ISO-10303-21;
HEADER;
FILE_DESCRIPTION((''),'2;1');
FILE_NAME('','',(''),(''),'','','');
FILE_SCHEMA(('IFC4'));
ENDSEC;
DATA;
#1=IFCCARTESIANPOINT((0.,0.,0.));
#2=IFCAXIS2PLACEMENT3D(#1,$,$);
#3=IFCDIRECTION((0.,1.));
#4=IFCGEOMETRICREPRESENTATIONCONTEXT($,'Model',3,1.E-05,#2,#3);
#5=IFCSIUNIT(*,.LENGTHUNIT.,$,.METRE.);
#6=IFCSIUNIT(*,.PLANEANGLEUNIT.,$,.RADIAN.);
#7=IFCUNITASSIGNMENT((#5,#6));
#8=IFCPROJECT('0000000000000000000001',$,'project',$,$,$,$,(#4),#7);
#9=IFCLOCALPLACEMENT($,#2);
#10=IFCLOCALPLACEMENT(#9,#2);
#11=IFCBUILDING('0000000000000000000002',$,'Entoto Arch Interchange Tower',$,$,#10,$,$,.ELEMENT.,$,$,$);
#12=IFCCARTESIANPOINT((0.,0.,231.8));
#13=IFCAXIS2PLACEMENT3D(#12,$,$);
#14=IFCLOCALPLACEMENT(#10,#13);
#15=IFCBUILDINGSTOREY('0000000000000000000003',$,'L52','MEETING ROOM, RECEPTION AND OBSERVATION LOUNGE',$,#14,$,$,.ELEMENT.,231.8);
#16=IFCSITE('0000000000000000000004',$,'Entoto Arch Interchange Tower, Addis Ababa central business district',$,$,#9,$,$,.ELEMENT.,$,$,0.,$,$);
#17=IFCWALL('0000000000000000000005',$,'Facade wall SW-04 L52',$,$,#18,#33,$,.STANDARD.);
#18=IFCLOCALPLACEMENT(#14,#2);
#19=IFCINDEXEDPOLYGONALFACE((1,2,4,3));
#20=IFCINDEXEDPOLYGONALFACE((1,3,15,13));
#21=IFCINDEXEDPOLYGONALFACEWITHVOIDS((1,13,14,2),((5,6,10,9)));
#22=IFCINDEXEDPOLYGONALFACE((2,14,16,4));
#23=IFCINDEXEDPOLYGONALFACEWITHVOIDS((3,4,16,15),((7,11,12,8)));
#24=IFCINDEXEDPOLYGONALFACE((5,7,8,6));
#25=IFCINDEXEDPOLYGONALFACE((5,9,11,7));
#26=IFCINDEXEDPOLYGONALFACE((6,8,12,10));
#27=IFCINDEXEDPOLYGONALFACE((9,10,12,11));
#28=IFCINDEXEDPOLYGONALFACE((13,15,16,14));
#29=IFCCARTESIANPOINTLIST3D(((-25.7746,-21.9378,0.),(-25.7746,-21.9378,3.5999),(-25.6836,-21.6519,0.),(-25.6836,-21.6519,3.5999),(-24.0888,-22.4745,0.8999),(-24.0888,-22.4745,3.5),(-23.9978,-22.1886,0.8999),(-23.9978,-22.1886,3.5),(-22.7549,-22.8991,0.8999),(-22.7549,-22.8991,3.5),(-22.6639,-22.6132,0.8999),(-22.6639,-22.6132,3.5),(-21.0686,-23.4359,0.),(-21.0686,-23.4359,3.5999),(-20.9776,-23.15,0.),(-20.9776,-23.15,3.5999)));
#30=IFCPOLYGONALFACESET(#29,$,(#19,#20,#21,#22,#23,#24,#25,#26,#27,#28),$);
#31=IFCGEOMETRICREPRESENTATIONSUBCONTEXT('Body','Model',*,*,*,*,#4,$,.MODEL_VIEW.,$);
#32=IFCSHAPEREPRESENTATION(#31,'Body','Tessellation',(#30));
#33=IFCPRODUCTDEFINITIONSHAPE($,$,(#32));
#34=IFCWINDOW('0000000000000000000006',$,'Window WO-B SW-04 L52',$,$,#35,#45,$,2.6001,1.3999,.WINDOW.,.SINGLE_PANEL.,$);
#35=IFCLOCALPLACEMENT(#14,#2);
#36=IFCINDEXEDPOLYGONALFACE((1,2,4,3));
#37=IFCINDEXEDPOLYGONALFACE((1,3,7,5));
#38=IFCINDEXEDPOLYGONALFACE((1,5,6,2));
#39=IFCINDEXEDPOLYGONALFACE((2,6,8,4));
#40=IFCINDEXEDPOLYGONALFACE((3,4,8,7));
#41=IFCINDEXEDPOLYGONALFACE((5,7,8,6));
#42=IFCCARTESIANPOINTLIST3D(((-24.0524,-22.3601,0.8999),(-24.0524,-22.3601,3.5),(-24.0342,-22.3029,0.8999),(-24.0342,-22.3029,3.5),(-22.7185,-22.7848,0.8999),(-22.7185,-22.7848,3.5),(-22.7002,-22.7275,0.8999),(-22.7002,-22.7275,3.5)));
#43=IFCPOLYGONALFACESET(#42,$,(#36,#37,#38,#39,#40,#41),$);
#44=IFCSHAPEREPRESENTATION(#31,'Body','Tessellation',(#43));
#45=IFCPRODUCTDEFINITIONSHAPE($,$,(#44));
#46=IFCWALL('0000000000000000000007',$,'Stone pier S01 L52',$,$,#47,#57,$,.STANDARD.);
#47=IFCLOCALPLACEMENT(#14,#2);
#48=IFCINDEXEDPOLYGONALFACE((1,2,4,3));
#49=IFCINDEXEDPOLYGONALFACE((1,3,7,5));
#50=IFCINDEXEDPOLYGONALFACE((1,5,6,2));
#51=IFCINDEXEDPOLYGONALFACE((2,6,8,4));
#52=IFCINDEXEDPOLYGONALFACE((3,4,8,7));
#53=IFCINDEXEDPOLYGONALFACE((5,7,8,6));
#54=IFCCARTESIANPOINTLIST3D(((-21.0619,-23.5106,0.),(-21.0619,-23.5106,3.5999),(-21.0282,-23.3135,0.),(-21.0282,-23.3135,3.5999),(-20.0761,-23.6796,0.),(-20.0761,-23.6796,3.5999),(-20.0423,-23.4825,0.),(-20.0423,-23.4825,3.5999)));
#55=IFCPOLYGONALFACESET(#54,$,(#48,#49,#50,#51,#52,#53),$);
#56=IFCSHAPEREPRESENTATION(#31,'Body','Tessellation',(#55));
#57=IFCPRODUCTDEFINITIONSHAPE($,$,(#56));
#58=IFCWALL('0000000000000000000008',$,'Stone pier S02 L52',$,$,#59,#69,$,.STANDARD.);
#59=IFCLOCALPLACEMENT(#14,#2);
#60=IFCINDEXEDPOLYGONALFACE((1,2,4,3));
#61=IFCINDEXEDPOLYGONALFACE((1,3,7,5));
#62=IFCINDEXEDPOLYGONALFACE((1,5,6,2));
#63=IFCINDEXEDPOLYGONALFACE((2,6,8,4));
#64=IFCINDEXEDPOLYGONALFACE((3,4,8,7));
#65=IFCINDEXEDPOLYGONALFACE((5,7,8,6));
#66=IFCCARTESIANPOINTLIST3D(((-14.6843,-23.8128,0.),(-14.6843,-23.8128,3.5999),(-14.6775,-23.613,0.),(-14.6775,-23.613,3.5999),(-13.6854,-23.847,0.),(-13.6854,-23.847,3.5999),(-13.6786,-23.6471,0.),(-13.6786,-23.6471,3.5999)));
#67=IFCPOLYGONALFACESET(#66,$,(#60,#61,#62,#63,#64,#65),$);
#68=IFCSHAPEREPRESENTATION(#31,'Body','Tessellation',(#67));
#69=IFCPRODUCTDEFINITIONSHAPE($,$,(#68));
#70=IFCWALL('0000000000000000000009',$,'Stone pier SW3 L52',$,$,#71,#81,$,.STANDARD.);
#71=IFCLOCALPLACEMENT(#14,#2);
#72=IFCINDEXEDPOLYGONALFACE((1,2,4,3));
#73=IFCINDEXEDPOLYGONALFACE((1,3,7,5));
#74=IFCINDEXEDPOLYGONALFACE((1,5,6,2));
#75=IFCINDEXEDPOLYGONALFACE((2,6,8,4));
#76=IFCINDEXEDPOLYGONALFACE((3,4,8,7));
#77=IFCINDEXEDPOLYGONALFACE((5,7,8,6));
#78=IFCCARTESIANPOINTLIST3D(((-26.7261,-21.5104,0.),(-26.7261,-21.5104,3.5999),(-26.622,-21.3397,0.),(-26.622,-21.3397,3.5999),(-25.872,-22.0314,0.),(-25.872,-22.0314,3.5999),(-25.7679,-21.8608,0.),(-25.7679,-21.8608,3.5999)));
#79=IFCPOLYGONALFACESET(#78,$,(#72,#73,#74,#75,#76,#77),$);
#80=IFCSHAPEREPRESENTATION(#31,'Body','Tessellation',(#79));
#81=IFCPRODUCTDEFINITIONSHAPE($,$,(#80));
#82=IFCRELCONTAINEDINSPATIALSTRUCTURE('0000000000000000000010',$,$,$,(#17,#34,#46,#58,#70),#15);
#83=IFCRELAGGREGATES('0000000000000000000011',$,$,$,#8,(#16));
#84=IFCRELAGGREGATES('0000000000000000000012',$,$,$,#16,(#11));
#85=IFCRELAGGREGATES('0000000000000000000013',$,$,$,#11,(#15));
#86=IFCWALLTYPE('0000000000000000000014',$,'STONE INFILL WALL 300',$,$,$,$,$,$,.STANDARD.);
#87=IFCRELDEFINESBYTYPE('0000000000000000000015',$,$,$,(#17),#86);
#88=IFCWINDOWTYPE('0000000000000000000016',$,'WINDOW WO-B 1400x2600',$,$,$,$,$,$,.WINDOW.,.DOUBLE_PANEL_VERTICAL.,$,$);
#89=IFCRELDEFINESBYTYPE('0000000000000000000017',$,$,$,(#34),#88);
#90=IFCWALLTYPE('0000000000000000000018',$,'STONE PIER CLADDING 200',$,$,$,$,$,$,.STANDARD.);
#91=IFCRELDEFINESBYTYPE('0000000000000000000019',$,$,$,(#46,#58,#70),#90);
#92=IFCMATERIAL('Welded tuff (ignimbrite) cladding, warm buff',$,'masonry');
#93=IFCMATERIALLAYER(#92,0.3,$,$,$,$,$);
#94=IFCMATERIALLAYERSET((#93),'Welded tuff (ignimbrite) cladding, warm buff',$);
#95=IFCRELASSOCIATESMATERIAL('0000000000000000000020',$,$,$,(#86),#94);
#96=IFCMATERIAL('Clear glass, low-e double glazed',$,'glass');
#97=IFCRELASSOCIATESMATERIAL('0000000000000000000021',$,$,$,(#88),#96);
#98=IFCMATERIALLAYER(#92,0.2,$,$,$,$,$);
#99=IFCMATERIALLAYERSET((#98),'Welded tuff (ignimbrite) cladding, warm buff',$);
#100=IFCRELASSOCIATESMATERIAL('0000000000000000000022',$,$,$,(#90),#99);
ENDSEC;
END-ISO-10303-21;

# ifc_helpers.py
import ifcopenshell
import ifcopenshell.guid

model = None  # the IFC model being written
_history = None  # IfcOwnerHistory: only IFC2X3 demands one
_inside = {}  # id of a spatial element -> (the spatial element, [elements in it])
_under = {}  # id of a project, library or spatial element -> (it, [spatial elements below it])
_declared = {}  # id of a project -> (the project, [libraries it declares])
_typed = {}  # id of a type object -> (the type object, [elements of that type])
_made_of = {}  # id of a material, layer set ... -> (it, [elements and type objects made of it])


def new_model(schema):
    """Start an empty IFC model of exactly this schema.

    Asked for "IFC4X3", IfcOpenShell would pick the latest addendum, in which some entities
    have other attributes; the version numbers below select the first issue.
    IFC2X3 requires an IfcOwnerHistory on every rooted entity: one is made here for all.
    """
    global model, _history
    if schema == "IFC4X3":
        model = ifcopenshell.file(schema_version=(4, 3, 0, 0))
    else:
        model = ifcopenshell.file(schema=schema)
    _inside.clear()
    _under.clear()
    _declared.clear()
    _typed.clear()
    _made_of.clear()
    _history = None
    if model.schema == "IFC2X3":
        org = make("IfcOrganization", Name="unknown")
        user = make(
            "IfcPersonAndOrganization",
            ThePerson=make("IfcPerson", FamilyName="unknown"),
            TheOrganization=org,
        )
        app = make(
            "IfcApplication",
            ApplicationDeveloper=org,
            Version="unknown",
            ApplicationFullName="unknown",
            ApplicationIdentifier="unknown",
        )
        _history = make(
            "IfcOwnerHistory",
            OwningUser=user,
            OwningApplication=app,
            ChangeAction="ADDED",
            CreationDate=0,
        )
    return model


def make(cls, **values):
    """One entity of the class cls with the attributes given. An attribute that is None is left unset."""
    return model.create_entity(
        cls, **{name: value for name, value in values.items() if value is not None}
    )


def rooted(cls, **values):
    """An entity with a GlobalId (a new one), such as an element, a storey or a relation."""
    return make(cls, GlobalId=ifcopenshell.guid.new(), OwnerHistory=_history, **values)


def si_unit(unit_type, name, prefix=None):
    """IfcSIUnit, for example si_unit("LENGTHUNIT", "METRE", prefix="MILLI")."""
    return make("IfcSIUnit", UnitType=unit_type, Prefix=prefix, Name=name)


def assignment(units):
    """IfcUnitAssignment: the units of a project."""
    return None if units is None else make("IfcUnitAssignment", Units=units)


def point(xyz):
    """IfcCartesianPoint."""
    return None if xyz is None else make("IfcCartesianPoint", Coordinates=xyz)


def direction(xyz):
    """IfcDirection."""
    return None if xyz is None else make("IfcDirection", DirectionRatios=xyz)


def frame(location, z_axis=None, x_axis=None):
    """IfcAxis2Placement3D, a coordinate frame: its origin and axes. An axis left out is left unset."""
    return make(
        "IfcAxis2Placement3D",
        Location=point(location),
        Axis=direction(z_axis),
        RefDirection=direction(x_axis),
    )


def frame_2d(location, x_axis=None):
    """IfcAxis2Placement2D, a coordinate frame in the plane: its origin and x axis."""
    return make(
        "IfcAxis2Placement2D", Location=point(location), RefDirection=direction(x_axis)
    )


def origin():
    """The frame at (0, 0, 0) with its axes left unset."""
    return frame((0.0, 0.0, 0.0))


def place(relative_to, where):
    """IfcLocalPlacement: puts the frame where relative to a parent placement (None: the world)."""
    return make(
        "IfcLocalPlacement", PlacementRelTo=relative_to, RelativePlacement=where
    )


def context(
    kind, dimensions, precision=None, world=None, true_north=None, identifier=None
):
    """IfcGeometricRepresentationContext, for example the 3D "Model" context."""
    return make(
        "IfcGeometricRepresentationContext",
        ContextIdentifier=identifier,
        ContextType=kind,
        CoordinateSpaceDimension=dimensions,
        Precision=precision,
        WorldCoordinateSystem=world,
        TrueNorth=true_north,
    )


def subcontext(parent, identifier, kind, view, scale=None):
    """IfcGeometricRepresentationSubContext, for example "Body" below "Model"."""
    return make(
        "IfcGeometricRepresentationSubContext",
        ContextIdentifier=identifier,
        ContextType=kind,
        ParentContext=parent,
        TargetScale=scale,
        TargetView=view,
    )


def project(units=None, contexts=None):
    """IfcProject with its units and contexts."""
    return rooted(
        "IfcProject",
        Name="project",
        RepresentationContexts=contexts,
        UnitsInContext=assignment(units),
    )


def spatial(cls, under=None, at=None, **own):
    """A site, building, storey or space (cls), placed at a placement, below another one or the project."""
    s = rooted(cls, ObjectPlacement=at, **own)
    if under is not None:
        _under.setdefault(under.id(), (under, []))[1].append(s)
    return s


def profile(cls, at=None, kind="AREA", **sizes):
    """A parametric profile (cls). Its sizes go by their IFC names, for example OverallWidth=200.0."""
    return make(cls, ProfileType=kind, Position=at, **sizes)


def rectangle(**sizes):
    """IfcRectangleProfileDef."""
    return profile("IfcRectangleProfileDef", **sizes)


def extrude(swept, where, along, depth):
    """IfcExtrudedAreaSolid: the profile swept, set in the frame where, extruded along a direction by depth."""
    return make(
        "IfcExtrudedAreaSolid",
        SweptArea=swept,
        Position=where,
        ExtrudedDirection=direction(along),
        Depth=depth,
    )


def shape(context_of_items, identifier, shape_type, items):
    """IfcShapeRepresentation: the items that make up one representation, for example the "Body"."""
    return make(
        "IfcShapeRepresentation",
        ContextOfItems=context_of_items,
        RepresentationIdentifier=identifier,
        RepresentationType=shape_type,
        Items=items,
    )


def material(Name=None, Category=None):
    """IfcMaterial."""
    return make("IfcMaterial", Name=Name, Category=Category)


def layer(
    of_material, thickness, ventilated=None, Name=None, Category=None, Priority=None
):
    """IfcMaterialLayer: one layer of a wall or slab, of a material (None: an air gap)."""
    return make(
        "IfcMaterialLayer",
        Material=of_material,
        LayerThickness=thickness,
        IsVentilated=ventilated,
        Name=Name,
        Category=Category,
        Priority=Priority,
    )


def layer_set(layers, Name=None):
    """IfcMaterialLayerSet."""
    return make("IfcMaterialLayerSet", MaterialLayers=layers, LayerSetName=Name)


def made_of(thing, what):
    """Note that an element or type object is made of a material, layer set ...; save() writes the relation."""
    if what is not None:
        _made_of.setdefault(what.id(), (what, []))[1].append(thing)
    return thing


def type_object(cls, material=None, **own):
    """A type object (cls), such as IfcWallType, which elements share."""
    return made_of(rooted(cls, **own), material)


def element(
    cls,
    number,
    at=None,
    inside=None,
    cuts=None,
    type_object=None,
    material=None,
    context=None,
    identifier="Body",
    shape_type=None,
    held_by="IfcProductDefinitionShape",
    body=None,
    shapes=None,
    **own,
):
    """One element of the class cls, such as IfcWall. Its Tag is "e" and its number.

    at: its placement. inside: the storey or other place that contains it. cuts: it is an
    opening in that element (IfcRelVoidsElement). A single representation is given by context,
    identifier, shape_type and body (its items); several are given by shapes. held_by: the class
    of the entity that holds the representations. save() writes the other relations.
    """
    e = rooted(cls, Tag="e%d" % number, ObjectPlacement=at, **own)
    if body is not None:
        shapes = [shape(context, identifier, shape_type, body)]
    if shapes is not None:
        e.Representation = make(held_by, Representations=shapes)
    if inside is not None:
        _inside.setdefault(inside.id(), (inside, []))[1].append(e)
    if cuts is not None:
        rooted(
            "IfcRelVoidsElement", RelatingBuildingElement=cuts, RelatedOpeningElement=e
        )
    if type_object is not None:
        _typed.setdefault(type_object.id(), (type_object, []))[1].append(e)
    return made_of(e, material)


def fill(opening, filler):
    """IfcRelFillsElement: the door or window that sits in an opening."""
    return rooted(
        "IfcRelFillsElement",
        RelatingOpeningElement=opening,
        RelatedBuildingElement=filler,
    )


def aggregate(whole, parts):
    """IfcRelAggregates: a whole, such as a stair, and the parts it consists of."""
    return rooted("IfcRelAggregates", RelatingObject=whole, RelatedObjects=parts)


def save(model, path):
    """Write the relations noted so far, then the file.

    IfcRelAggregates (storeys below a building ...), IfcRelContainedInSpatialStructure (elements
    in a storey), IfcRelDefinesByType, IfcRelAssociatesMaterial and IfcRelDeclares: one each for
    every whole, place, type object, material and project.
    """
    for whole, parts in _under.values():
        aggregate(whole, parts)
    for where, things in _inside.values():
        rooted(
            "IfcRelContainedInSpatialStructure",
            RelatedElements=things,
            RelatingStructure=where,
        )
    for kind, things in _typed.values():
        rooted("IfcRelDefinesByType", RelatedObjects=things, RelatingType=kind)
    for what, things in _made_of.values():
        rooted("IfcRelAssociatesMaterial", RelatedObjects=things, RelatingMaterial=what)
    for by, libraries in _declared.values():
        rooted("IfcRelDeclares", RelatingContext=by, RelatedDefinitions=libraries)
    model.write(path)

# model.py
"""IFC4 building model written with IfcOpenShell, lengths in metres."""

from ifc_helpers import new_model, si_unit, direction, frame, frame_2d, origin, place, context, subcontext, project, spatial, rectangle, extrude, material, layer, layer_set, type_object, element, fill, save


model = new_model("IFC4")

# Units and contexts
model_context = context("Model", 3, precision=1e-05, world=origin(), true_north=direction((0.0, 1.0)))
body_context = subcontext(model_context, "Body", "Model", "MODEL_VIEW")
ifc_project = project(units=[si_unit("LENGTHUNIT", "METRE"), si_unit("PLANEANGLEUNIT", "RADIAN")], contexts=[model_context])

# Site, building, storey
site_placement = place(None, origin())
site = spatial("IfcSite", under=ifc_project, at=site_placement, Name="Entoto Arch Interchange Tower, Addis Ababa central business district", CompositionType="ELEMENT", RefElevation=0.0)
building_placement = place(site_placement, origin())
building = spatial("IfcBuilding", under=site, at=building_placement, Name="Entoto Arch Interchange Tower", CompositionType="ELEMENT")
storey_placement = place(building_placement, frame((0.0, 0.0, 231.8)))
storey = spatial("IfcBuildingStorey", under=building, at=storey_placement, Name="L52", Description="MEETING ROOM, RECEPTION AND OBSERVATION LOUNGE", CompositionType="ELEMENT", Elevation=231.8)

# Shared definitions
ifc_material_1 = material(Name="Welded tuff (ignimbrite) cladding, warm buff", Category="masonry")
ifc_layer_1 = layer(ifc_material_1, 0.3)
ifc_layer_set_1 = layer_set([ifc_layer_1], Name="Welded tuff (ignimbrite) cladding, warm buff")
wall_type_1 = type_object("IfcWallType", Name="STONE INFILL WALL 300", PredefinedType="STANDARD", material=ifc_layer_set_1)
ifc_material_2 = material(Name="Clear glass, low-e double glazed", Category="glass")
window_type = type_object("IfcWindowType", Name="WINDOW WO-B 1400x2600", PartitioningType="DOUBLE_PANEL_VERTICAL", PredefinedType="WINDOW", material=ifc_material_2)

# Wall, opening, window
wall_1_placement = place(storey_placement, frame((-25.729, -21.7949, 0.0), z_axis=(0.0, 0.0, 1.0), x_axis=(0.952887, -0.303326, 0.0)))
wall_1 = element("IfcWall", 1, at=wall_1_placement, inside=storey, type_object=wall_type_1, Name="Facade wall SW-04 L52", PredefinedType="STANDARD", context=body_context, shape_type="SweptSolid", body=[
    extrude(rectangle(XDim=4.9387, YDim=0.3, at=frame_2d((2.4692, 0.0))), origin(), (0.0, 0.0, 1.0), 3.5999),
])
opening_1_placement = place(wall_1_placement, frame((1.769, 0.0, 0.8999)))
opening_1 = element("IfcOpeningElement", 2, at=opening_1_placement, cuts=wall_1, PredefinedType="OPENING", context=body_context, shape_type="SweptSolid", body=[
    extrude(rectangle(XDim=1.3999, YDim=2.6001, at=frame_2d((0.7, 1.3))), frame((0.0, 0.1602, 0.0), z_axis=(0.0, -1.0, 0.0), x_axis=(1.0, 0.0, 0.0)), (0.0, 0.0, 1.0), 0.3201),
])
window_1_placement = place(opening_1_placement, origin())
window_1 = element("IfcWindow", 3, at=window_1_placement, inside=storey, type_object=window_type, Name="Window WO-B SW-04 L52", OverallHeight=2.6001, OverallWidth=1.3999, PartitioningType="SINGLE_PANEL", PredefinedType="WINDOW", context=body_context, shape_type="SweptSolid", body=[
    extrude(rectangle(XDim=1.3999, YDim=2.6001, at=frame_2d((0.7, 1.3))), frame((0.0, 0.03, 0.0), z_axis=(0.0, -1.0, 0.0), x_axis=(1.0, 0.0, 0.0)), (0.0, 0.0, 1.0), 0.0601),
])
fill(opening_1, window_1)

# Walls
ifc_layer_2 = layer(ifc_material_1, 0.2)
ifc_layer_set_2 = layer_set([ifc_layer_2], Name="Welded tuff (ignimbrite) cladding, warm buff")
wall_type_2 = type_object("IfcWallType", Name="STONE PIER CLADDING 200", PredefinedType="STANDARD", material=ifc_layer_set_2)
wall_2_placement = place(storey_placement, frame((-21.0449, -23.4121, 0.0), z_axis=(0.0, 0.0, 1.0), x_axis=(0.985632, -0.16891, 0.0)))
element("IfcWall", 4, at=wall_2_placement, inside=storey, type_object=wall_type_2, Name="Stone pier S01 L52", PredefinedType="STANDARD", context=body_context, shape_type="SweptSolid", body=[
    extrude(rectangle(XDim=1.0002, YDim=0.2, at=frame_2d((0.5, 0.0))), origin(), (0.0, 0.0, 1.0), 3.5999),
])
wall_3_placement = place(storey_placement, frame((-14.6809, -23.7129, 0.0), z_axis=(0.0, 0.0, 1.0), x_axis=(0.999415, -0.034193, 0.0)))
element("IfcWall", 5, at=wall_3_placement, inside=storey, type_object=wall_type_2, Name="Stone pier S02 L52", PredefinedType="STANDARD", context=body_context, shape_type="SweptSolid", body=[
    extrude(rectangle(XDim=0.9995, YDim=0.2, at=frame_2d((0.4998, 0.0))), origin(), (0.0, 0.0, 1.0), 3.5999),
])
wall_4_placement = place(storey_placement, frame((-26.6741, -21.425, 0.0), z_axis=(0.0, 0.0, 1.0), x_axis=(0.85368, -0.520798, 0.0)))
element("IfcWall", 6, at=wall_4_placement, inside=storey, type_object=wall_type_2, Name="Stone pier SW3 L52", PredefinedType="STANDARD", context=body_context, shape_type="SweptSolid", body=[
    extrude(rectangle(XDim=1.0005, YDim=0.2, at=frame_2d((0.5002, 0.0))), origin(), (0.0, 0.0, 1.0), 3.5999),
])

save(model, "model.ifc")
